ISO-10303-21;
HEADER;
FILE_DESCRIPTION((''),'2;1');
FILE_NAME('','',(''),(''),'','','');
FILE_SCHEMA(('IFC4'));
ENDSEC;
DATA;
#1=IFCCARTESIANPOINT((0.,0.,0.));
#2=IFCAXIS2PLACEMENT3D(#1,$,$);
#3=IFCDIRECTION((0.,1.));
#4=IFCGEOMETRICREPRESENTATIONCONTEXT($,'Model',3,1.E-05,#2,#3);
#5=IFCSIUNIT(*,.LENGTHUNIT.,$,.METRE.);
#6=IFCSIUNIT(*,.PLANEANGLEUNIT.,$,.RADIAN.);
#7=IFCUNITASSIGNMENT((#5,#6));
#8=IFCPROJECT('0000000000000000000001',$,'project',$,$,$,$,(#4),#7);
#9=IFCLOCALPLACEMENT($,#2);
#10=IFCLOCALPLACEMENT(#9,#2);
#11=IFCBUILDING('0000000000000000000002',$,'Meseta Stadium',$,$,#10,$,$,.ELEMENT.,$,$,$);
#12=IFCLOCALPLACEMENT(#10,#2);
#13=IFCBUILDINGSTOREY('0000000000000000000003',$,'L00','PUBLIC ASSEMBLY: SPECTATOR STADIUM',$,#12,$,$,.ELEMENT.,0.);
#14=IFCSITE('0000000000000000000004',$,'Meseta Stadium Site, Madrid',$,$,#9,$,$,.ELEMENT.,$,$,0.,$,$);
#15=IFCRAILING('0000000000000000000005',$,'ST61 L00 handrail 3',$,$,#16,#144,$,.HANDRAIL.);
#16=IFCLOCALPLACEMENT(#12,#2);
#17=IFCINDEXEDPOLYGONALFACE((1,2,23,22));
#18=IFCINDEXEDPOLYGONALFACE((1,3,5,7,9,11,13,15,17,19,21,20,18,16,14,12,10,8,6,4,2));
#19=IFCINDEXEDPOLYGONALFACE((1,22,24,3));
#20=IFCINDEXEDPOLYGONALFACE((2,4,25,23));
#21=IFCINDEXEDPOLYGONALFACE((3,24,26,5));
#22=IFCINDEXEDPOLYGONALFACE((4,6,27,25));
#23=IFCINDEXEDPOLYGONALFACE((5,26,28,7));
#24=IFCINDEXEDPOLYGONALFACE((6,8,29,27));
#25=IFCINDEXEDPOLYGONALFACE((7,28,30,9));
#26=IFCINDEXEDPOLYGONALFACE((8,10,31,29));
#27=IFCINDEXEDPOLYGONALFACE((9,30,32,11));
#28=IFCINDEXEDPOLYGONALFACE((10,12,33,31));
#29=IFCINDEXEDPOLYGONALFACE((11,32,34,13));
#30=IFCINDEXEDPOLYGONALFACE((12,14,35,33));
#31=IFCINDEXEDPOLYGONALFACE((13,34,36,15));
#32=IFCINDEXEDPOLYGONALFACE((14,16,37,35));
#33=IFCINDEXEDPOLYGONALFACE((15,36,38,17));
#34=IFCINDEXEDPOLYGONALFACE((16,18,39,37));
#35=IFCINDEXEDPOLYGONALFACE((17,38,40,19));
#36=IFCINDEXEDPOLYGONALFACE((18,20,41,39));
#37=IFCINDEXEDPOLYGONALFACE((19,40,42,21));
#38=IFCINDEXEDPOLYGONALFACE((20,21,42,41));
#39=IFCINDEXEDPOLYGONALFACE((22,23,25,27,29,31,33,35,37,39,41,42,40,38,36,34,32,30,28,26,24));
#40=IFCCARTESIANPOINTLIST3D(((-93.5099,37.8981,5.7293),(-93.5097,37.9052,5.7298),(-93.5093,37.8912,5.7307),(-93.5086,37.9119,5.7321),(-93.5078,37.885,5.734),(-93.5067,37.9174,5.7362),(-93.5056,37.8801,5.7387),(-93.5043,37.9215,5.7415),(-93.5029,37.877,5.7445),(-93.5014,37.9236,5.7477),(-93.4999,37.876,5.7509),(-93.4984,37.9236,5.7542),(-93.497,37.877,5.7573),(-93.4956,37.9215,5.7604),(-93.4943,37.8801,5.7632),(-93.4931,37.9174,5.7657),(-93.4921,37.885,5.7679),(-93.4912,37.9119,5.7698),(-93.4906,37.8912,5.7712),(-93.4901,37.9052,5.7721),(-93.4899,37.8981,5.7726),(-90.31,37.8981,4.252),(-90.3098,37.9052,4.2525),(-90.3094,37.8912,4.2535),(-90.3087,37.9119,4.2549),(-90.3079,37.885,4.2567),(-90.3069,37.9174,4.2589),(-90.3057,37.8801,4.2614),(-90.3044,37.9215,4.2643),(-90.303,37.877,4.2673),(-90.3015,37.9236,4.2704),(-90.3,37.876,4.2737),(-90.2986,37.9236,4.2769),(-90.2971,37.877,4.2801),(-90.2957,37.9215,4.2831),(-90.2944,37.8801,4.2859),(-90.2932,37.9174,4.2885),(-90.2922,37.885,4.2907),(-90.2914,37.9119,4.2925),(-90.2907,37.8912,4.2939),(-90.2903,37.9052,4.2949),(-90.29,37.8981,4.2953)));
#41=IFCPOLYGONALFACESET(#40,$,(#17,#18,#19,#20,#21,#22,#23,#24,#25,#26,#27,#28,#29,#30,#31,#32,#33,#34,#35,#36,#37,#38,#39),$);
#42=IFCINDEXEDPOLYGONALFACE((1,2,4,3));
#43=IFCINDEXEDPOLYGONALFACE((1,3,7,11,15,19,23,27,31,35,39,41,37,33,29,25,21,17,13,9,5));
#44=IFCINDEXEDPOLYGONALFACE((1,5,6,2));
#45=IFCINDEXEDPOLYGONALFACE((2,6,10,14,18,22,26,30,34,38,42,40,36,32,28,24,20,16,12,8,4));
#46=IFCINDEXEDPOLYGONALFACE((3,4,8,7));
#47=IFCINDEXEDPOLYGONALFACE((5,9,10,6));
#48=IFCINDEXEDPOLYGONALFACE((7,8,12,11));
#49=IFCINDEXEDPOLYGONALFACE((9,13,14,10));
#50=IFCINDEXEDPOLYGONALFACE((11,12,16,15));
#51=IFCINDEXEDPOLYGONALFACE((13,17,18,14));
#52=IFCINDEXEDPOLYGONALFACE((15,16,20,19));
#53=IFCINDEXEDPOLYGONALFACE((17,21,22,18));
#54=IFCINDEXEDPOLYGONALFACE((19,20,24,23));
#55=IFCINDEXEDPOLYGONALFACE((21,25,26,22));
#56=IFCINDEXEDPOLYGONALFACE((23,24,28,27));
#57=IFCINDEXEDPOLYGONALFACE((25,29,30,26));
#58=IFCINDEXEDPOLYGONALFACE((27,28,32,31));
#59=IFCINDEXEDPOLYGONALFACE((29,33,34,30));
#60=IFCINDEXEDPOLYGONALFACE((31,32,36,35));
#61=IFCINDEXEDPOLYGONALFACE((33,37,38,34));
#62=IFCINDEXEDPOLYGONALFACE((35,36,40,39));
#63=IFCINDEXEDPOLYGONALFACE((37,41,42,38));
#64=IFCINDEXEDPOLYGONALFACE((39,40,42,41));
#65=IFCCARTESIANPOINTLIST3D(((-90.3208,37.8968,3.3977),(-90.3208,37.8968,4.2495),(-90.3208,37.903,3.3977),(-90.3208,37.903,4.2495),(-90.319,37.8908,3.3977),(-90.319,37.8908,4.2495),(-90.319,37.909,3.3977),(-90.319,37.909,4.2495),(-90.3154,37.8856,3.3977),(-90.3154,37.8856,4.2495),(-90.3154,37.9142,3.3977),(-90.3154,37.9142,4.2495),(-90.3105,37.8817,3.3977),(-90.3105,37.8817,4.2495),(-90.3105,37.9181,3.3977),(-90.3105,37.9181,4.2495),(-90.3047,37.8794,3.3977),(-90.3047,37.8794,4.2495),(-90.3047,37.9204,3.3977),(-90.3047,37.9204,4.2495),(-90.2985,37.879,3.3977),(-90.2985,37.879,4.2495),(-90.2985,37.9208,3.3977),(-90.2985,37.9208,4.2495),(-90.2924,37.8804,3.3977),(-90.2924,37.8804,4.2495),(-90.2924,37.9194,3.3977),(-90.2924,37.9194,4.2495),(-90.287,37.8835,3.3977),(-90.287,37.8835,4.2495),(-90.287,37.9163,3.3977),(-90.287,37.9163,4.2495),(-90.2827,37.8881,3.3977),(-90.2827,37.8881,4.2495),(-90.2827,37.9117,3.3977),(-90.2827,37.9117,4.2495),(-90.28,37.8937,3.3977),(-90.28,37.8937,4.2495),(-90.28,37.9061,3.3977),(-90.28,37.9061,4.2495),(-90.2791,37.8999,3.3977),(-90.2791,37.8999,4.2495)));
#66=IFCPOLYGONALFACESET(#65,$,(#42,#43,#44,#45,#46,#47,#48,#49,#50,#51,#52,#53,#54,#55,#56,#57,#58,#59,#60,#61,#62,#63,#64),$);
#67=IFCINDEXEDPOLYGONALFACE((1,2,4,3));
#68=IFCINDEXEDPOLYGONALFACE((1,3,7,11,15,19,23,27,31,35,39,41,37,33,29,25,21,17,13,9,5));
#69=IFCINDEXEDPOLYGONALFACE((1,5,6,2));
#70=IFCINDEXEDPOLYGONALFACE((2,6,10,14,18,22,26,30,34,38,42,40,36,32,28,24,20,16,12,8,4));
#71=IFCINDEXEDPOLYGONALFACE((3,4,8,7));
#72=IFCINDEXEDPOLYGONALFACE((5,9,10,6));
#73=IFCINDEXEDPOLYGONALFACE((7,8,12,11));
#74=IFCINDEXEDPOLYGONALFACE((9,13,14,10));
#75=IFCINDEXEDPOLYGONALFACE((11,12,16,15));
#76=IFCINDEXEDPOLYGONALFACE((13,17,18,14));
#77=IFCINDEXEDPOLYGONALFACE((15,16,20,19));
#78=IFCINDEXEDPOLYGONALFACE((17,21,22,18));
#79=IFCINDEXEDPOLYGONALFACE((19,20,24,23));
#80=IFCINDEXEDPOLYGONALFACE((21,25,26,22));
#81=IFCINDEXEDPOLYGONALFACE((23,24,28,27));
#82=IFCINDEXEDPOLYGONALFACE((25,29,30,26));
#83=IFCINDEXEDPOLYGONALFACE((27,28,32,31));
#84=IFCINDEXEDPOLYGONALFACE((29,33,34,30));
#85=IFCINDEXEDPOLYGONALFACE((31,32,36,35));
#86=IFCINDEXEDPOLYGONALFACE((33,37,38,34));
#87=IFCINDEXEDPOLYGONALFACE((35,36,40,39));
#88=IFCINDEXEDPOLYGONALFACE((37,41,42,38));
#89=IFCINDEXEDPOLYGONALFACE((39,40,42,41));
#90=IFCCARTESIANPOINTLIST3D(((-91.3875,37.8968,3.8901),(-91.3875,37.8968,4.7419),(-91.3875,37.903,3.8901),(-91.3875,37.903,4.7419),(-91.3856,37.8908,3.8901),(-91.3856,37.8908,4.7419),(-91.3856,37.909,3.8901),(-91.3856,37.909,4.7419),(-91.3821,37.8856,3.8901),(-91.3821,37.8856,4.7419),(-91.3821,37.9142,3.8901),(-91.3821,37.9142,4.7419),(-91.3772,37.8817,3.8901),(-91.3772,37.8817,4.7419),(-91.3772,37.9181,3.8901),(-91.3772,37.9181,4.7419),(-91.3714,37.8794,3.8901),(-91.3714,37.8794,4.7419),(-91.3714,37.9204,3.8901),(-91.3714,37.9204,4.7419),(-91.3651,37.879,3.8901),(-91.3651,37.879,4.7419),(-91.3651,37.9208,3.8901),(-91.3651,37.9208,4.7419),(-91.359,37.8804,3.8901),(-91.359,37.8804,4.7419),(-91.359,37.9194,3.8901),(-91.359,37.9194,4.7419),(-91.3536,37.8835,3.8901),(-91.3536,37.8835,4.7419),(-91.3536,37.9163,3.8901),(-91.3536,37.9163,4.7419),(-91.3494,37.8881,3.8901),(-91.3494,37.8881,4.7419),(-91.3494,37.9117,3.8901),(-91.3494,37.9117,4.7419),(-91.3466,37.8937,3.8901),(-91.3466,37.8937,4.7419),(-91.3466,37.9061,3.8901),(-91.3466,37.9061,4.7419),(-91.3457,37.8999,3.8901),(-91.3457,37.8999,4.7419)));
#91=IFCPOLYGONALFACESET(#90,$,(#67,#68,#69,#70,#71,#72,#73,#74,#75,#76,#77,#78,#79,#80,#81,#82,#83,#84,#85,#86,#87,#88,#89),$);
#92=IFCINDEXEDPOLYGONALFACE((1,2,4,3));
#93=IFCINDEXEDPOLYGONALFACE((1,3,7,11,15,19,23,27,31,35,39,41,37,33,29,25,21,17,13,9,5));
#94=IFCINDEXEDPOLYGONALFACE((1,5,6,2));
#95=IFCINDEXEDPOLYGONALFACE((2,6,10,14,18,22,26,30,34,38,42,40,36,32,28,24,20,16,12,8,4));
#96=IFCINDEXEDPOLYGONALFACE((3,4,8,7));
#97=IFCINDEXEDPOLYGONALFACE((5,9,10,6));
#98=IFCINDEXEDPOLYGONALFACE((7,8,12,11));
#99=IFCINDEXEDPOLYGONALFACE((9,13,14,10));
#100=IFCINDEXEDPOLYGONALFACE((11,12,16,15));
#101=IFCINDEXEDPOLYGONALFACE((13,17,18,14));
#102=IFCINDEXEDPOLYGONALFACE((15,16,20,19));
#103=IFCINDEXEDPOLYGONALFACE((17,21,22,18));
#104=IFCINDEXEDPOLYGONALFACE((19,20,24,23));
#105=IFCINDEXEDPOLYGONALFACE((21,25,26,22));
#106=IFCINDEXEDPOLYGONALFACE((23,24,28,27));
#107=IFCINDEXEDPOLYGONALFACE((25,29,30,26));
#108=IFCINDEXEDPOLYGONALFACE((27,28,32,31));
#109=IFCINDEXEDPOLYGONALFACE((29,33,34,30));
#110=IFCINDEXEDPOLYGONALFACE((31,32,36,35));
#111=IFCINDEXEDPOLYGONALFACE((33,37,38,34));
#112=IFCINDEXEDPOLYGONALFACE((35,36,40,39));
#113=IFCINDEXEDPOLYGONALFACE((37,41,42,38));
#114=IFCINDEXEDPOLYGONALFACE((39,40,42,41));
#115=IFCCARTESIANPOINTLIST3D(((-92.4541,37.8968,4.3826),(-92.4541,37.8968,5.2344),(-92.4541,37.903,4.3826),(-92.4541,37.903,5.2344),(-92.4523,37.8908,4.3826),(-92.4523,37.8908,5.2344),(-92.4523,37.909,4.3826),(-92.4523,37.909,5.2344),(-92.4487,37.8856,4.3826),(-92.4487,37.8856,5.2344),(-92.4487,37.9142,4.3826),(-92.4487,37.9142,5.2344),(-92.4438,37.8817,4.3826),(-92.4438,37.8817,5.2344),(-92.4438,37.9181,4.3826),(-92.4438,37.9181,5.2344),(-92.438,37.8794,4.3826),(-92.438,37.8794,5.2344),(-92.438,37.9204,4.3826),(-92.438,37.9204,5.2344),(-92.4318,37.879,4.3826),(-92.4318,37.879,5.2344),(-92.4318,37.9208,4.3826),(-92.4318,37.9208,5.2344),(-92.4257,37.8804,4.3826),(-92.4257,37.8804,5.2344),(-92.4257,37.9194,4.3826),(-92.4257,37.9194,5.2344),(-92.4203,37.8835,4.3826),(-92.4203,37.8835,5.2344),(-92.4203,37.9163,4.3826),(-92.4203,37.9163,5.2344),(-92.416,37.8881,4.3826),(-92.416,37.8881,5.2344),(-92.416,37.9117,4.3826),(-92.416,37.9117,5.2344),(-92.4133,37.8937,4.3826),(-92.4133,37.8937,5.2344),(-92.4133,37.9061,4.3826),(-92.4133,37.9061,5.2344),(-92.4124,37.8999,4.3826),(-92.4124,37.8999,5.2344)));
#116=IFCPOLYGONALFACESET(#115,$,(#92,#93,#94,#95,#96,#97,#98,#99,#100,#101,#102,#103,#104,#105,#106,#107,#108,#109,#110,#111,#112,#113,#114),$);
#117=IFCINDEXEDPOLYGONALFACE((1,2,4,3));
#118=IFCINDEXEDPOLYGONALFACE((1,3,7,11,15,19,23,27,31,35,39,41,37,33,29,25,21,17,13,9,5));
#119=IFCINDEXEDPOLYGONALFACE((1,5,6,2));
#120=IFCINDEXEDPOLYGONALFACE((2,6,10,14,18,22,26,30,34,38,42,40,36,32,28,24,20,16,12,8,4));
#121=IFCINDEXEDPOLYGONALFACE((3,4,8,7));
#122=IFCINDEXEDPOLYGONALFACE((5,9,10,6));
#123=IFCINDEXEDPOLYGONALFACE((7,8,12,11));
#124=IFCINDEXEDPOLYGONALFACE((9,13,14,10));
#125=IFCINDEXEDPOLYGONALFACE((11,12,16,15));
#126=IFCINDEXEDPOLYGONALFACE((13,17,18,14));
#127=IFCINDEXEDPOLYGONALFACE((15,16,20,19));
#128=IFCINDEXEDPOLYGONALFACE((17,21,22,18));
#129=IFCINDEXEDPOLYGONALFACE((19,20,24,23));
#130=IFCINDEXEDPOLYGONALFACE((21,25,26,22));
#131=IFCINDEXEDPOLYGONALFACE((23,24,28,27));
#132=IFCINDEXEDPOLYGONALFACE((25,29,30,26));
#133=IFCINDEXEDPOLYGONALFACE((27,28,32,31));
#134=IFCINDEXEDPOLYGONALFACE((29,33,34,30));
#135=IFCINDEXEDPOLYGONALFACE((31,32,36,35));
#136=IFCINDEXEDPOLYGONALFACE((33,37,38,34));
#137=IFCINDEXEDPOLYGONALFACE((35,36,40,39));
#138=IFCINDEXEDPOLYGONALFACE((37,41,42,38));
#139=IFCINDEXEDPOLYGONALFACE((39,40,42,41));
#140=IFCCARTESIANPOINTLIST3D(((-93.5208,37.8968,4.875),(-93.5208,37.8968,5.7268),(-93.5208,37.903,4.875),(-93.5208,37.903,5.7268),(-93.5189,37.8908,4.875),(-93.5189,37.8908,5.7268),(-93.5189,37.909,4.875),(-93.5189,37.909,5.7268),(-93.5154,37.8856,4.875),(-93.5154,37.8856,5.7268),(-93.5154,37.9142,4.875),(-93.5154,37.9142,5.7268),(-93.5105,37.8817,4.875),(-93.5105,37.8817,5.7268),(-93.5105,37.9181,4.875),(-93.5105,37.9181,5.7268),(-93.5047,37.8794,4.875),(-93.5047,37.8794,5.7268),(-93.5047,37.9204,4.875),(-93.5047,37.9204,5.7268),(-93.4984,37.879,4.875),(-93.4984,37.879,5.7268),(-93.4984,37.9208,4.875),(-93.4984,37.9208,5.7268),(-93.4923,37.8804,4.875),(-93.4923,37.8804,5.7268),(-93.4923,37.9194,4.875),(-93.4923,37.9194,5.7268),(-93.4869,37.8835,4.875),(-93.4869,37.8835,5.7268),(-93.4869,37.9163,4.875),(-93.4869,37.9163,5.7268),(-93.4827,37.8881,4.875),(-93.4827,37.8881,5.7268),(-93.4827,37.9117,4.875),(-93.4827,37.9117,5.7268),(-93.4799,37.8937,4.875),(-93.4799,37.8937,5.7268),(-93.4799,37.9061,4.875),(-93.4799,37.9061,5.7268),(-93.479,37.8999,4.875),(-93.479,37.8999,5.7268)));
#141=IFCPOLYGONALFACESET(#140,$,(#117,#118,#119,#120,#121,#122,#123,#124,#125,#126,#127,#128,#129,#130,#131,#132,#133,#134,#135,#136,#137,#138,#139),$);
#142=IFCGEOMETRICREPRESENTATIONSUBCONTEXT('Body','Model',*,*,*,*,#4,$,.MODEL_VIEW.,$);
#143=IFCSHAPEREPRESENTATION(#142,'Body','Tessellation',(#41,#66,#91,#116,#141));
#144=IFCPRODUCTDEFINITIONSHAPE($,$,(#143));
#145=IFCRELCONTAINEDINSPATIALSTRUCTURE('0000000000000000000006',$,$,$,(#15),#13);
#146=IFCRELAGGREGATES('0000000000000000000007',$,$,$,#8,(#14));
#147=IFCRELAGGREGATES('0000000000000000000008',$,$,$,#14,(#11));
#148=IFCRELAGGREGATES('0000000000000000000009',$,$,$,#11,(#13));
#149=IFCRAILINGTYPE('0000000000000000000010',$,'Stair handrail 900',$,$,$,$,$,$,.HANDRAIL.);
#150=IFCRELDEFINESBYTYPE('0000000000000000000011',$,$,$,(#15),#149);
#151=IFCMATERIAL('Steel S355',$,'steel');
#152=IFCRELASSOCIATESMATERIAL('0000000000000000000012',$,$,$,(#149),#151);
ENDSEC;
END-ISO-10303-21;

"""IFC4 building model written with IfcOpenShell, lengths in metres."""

from ifc_helpers import new_model, si_unit, direction, frame, origin, origin_2d, place, context, subcontext, project, spatial, circle, extrude, material, type_object, element, save


model = new_model("IFC4")

# Units and contexts
model_context = context("Model", 3, precision=1e-05, world=origin(), true_north=direction((0.0, 1.0)))
body_context = subcontext(model_context, "Body", "Model", "MODEL_VIEW")
ifc_project = project(units=[si_unit("LENGTHUNIT", "METRE"), si_unit("PLANEANGLEUNIT", "RADIAN")], contexts=[model_context])

# Site, building, storey
site_placement = place(None, origin())
site = spatial("IfcSite", under=ifc_project, at=site_placement, Name="Meseta Stadium Site, Madrid", CompositionType="ELEMENT", RefElevation=0.0)
building_placement = place(site_placement, origin())
building = spatial("IfcBuilding", under=site, at=building_placement, Name="Meseta Stadium", CompositionType="ELEMENT")
storey_placement = place(building_placement, origin())
storey = spatial("IfcBuildingStorey", under=building, at=storey_placement, Name="L00", Description="PUBLIC ASSEMBLY: SPECTATOR STADIUM", CompositionType="ELEMENT", Elevation=0.0)

# Railing
ifc_material_1 = material(Name="Steel S355", Category="steel")
railing_type_1 = type_object("IfcRailingType", Name="Stair handrail 900", PredefinedType="HANDRAIL", material=ifc_material_1)
for number, where, name in (
    (1, (-90.3, 37.8999, 3.3977), "ST61 L00 handrail 3"),
):
    element("IfcRailing", number, at=place(storey_placement, frame(where)), inside=storey, type_object=railing_type_1, Name=name, PredefinedType="HANDRAIL", context=body_context, shape_type="SweptSolid", body=[
        extrude(circle(Radius=0.0239, at=origin_2d()), frame((0.0, 0.0, 0.876), z_axis=(-0.907917, 0.0, 0.41915), x_axis=(0.0, -1.0, 0.0)), (0.0, 0.0, 1.0), 3.5244),
        extrude(circle(Radius=0.021, at=origin_2d()), origin(), (0.0, 0.0, 1.0), 0.8518),
        extrude(circle(Radius=0.021, at=origin_2d()), frame((-1.0667, 0.0, 0.4924)), (0.0, 0.0, 1.0), 0.8518),
        extrude(circle(Radius=0.021, at=origin_2d()), frame((-2.1333, 0.0, 0.9849)), (0.0, 0.0, 1.0), 0.8518),
        extrude(circle(Radius=0.021, at=origin_2d()), frame((-3.2, 0.0, 1.4773)), (0.0, 0.0, 1.0), 0.8518),
    ])

save(model, "model.ifc")
